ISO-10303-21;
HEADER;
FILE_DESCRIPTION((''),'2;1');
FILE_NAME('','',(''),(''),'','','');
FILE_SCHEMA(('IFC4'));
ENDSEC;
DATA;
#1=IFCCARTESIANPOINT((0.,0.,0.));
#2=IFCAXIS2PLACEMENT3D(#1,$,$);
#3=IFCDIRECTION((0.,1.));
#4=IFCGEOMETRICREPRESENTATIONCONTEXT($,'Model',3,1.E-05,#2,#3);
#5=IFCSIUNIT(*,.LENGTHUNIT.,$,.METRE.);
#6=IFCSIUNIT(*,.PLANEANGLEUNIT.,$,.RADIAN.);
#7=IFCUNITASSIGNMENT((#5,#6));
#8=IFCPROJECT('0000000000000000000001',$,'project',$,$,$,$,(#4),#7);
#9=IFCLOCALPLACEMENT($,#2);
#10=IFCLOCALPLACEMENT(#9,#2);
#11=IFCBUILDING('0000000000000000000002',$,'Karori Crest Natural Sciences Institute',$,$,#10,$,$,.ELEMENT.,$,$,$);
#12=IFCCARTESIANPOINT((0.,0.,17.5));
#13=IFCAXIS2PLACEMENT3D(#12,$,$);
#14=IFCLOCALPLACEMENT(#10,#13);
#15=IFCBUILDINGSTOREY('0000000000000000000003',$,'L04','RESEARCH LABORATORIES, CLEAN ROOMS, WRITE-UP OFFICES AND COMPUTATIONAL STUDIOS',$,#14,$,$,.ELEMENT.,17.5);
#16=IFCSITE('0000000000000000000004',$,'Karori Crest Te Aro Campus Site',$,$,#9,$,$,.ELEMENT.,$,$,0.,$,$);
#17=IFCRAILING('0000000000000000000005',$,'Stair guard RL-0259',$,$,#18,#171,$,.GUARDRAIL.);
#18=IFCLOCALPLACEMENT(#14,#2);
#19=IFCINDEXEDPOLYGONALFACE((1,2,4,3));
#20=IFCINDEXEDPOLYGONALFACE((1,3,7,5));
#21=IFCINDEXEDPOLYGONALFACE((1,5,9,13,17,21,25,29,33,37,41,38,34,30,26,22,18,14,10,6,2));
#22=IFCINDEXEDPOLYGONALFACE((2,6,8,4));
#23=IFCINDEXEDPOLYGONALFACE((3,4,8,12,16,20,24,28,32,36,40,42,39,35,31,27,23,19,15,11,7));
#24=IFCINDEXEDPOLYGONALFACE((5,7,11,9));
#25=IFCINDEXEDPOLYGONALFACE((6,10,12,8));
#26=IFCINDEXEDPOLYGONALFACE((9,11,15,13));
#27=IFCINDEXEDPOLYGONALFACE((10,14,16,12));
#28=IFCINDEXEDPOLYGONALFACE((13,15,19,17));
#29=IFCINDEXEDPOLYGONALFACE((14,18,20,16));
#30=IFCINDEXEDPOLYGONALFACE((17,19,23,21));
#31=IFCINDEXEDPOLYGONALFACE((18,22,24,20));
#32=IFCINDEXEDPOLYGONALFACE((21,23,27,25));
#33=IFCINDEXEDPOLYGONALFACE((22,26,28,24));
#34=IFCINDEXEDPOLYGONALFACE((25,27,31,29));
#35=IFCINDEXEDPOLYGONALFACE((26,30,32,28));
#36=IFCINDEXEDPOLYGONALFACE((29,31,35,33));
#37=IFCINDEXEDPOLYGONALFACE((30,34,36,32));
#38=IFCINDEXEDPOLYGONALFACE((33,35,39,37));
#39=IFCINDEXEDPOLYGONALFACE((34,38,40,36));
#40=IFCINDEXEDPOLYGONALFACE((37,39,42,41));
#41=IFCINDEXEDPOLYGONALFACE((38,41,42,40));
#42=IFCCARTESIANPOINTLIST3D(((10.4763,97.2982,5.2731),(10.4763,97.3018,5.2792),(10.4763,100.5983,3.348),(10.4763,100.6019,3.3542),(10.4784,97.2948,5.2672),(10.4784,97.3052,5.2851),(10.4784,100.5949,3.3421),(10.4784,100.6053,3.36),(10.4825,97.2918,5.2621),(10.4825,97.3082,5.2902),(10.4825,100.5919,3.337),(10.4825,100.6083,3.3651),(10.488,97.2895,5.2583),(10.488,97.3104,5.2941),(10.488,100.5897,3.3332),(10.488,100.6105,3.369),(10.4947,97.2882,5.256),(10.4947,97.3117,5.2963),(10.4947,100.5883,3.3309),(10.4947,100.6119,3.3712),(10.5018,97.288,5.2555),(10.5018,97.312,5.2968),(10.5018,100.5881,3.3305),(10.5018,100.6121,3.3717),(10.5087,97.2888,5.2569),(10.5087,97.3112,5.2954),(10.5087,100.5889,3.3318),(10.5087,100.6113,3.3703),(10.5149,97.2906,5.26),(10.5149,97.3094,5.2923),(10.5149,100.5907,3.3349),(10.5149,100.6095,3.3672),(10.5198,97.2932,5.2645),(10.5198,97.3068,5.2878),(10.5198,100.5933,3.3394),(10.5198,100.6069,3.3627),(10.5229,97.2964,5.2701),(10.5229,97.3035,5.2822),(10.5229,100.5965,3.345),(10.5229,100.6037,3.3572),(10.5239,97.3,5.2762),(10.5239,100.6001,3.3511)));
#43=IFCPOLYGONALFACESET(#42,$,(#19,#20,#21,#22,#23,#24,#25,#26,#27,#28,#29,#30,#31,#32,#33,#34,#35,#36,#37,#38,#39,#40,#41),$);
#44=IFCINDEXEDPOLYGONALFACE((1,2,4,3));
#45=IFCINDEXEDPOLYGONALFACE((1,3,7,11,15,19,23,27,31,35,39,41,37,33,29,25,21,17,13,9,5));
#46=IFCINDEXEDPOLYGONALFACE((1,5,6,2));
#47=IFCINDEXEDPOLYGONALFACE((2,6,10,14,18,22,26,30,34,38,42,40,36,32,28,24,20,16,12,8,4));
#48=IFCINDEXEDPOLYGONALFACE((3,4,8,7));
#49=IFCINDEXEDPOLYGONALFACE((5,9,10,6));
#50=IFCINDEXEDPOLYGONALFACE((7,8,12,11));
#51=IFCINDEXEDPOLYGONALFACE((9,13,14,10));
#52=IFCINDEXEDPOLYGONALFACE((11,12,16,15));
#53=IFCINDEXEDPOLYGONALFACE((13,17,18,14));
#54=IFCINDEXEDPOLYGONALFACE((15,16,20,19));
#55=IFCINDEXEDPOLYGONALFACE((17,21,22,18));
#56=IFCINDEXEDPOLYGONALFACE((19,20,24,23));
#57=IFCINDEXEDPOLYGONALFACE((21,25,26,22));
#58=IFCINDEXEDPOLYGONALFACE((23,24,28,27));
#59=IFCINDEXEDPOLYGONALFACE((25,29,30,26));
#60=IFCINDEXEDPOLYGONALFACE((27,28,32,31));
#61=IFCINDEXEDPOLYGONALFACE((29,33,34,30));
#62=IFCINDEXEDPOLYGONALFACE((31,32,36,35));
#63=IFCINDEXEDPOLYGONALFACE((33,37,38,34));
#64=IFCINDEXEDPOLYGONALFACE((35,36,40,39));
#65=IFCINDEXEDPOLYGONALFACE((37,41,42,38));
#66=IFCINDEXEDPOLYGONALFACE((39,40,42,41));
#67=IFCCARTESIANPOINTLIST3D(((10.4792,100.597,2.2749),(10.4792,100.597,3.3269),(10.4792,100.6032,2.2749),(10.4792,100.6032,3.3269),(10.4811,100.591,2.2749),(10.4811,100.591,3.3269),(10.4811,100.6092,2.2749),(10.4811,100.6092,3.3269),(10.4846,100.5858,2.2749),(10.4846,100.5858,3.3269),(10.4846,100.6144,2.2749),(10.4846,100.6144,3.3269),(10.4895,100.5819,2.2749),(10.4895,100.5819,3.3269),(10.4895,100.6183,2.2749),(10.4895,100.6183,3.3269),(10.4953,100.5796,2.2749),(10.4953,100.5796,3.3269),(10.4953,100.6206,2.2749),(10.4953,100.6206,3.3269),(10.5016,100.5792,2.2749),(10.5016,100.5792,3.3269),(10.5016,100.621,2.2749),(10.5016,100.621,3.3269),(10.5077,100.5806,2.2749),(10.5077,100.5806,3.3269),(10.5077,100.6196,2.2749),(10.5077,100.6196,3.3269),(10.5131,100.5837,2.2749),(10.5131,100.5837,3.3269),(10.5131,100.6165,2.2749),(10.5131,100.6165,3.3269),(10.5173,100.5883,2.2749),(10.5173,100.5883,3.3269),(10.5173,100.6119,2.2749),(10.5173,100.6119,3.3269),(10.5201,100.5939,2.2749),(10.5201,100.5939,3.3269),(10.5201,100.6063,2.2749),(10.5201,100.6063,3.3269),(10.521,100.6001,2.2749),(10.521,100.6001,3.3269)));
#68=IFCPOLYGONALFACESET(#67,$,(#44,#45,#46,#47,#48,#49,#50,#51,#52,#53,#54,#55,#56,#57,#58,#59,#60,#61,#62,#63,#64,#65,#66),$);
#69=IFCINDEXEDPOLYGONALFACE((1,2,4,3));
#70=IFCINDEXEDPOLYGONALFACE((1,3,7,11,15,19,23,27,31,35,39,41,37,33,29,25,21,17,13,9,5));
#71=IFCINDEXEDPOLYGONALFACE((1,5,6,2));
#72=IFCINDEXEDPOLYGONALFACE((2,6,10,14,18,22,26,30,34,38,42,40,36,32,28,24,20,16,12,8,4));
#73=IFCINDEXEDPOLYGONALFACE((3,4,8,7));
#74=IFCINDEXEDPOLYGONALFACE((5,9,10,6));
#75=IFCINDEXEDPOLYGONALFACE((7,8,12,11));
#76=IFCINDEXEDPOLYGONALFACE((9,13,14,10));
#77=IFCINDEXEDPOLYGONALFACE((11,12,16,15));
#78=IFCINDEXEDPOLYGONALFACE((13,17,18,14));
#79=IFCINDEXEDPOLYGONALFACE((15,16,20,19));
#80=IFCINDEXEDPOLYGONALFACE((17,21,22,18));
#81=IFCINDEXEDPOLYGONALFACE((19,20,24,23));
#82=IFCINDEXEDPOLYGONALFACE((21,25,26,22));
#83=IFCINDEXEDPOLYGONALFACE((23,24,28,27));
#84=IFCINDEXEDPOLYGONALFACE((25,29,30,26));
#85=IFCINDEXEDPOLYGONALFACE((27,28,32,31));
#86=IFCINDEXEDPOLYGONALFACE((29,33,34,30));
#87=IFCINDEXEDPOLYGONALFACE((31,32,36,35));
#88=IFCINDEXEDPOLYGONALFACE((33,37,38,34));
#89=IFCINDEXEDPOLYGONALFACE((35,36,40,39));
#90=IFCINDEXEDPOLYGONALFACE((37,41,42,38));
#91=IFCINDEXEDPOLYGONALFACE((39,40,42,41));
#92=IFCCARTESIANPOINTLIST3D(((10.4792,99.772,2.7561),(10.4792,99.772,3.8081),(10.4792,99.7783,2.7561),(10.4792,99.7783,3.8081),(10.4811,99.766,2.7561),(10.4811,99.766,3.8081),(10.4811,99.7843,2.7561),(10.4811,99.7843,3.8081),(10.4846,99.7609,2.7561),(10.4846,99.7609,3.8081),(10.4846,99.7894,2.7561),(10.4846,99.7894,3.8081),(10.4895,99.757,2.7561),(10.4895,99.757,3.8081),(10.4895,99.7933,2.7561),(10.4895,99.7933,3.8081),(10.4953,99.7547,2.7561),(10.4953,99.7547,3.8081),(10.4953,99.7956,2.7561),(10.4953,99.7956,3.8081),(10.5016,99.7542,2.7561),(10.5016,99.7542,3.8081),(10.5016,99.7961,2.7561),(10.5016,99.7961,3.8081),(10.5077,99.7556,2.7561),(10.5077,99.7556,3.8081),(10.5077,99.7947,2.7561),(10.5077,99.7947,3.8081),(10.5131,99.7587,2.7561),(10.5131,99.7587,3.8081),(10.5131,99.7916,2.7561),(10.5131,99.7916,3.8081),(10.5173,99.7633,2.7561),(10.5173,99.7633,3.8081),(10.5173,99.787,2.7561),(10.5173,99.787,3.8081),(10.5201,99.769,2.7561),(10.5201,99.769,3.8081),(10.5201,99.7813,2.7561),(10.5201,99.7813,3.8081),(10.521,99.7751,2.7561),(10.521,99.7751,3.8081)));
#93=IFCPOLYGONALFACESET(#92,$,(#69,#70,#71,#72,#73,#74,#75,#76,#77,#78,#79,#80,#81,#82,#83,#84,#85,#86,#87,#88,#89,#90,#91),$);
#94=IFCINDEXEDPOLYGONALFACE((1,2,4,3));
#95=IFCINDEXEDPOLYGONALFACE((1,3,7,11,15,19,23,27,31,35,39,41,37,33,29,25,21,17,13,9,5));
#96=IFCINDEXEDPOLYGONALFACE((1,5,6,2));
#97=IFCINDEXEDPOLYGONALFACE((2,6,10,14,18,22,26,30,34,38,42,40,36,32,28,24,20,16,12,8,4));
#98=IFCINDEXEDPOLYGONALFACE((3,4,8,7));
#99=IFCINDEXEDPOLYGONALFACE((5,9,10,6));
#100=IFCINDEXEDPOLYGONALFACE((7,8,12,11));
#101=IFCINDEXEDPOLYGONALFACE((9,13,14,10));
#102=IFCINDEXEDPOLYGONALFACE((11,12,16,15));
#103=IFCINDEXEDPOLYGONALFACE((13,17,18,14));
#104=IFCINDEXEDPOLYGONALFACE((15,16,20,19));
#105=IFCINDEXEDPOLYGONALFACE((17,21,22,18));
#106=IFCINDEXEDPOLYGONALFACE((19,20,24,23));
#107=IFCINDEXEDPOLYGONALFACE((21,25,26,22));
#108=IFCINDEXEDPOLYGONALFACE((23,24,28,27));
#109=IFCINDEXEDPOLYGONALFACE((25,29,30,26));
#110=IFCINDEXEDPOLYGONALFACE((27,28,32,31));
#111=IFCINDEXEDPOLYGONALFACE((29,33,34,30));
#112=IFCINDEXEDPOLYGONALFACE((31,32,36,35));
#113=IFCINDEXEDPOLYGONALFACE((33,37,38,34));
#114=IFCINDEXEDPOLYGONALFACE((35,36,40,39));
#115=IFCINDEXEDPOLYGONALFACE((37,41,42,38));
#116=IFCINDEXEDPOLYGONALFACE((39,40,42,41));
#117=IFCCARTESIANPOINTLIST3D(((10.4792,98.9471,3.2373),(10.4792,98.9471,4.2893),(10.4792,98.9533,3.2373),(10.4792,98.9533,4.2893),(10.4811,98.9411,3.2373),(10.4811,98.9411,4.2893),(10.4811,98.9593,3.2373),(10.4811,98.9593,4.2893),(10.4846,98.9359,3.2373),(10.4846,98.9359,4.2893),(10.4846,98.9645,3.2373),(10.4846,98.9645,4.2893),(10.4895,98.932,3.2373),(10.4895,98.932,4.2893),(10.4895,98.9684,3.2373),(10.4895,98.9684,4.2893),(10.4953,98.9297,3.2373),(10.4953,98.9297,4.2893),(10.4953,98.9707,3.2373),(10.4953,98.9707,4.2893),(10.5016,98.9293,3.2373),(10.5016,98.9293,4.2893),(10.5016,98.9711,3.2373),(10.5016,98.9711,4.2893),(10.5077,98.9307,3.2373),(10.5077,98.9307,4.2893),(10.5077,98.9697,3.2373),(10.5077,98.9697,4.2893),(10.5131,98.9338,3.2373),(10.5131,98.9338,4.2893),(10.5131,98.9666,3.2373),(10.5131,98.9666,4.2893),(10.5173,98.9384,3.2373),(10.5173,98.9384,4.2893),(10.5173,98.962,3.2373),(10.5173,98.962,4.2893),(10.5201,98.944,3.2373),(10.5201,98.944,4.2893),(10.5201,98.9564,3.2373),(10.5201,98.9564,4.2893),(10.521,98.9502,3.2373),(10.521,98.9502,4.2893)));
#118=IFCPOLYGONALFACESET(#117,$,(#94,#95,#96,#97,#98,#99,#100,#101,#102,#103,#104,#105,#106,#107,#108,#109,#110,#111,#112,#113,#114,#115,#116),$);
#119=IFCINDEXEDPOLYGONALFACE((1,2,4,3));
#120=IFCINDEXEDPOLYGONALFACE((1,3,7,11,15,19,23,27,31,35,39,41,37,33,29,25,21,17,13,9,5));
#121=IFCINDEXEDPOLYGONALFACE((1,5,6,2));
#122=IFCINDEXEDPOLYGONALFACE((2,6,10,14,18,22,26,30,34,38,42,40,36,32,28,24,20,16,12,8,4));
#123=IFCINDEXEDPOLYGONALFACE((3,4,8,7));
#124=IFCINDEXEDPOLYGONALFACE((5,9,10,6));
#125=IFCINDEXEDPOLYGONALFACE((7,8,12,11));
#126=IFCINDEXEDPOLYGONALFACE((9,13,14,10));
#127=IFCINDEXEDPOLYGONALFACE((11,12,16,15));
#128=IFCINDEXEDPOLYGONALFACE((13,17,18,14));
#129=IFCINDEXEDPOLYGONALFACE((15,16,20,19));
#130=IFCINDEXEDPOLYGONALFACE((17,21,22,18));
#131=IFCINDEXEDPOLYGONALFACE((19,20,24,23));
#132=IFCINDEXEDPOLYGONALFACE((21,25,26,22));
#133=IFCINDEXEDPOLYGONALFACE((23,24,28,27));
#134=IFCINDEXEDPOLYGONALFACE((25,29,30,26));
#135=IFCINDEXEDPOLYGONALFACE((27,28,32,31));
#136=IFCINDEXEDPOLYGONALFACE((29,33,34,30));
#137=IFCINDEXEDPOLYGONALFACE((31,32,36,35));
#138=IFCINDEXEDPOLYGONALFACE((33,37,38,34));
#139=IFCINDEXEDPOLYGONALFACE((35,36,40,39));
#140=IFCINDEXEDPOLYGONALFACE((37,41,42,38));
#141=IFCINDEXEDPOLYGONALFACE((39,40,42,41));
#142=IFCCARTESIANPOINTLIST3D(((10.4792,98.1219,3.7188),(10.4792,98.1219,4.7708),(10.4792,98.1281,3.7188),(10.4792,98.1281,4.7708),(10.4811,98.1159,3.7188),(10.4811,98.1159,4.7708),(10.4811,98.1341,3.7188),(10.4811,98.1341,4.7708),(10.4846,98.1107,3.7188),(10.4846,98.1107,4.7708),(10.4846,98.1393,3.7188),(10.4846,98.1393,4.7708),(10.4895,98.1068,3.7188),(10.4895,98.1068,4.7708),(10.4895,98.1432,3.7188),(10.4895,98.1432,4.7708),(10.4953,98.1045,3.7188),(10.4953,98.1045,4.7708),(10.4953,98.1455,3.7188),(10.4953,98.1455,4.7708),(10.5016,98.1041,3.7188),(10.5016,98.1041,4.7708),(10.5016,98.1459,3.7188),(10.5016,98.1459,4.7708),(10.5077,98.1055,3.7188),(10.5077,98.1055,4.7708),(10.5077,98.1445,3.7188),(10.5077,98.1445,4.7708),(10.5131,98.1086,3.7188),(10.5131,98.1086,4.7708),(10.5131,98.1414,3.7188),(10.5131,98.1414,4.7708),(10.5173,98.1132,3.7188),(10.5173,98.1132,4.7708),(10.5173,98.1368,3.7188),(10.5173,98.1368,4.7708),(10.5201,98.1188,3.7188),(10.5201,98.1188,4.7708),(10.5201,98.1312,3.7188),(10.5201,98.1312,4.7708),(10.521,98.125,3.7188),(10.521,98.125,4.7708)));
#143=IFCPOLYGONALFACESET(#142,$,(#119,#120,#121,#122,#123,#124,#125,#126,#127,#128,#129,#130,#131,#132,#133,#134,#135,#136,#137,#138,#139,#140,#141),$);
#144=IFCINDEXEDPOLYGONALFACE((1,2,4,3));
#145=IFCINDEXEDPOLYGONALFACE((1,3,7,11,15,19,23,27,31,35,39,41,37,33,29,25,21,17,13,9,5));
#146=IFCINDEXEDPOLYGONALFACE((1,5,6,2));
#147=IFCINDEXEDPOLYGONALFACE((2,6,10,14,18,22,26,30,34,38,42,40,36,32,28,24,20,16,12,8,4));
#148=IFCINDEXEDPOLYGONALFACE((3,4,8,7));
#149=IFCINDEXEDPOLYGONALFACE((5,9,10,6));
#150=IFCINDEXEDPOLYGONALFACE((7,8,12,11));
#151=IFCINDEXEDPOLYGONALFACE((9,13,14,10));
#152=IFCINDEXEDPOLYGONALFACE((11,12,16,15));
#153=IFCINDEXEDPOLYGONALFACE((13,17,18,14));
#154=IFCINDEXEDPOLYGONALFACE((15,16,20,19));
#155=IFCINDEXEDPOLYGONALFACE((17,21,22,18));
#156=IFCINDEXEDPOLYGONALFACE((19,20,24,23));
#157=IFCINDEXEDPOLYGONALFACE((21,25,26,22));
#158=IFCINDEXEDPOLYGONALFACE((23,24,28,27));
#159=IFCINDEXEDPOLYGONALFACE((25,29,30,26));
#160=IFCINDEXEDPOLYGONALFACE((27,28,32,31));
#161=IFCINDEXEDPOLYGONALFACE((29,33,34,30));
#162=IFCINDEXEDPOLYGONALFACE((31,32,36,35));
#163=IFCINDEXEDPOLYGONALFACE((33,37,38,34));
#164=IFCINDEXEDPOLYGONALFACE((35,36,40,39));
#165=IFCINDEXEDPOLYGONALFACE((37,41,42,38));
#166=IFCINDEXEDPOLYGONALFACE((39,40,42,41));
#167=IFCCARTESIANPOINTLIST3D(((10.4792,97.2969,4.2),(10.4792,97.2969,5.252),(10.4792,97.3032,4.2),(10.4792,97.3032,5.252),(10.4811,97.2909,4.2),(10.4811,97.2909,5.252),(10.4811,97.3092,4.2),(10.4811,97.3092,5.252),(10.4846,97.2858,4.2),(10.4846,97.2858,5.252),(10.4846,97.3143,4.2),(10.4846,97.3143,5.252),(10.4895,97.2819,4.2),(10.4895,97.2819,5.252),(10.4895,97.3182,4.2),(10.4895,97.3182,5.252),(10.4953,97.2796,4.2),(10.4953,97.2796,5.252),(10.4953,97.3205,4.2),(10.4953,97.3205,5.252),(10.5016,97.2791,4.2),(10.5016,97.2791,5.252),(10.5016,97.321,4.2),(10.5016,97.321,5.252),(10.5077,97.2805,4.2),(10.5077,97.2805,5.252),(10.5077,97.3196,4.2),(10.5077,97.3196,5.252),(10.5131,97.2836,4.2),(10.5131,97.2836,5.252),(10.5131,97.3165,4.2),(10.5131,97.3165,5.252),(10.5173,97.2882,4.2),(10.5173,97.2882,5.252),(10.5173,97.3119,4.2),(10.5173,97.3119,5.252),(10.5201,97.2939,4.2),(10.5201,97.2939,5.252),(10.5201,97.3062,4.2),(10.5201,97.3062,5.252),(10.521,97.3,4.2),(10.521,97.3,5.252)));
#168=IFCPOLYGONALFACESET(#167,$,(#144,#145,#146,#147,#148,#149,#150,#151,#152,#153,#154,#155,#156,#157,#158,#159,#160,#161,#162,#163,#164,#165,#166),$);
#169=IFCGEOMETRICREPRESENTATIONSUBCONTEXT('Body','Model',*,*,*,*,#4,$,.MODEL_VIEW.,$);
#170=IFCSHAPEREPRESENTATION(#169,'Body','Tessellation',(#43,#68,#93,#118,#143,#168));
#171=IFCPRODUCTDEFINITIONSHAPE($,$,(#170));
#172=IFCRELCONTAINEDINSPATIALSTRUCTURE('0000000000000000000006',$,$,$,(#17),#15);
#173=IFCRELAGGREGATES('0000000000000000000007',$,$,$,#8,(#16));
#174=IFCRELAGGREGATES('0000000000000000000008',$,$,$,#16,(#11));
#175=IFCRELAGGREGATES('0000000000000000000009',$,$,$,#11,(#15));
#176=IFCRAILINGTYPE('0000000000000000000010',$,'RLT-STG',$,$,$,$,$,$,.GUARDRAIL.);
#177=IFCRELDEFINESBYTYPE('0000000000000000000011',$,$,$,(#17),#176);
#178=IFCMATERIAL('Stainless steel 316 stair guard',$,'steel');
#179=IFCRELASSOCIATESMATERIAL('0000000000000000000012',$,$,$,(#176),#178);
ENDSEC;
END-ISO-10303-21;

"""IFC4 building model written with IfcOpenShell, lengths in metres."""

from ifc_helpers import new_model, si_unit, direction, frame, origin, origin_2d, place, context, subcontext, project, spatial, circle, extrude, material, type_object, element, save


model = new_model("IFC4")

# Units and contexts
model_context = context("Model", 3, precision=1e-05, world=origin(), true_north=direction((0.0, 1.0)))
body_context = subcontext(model_context, "Body", "Model", "MODEL_VIEW")
ifc_project = project(units=[si_unit("LENGTHUNIT", "METRE"), si_unit("PLANEANGLEUNIT", "RADIAN")], contexts=[model_context])

# Site, building, storey
site_placement = place(None, origin())
site = spatial("IfcSite", under=ifc_project, at=site_placement, Name="Karori Crest Te Aro Campus Site", CompositionType="ELEMENT", RefElevation=0.0)
building_placement = place(site_placement, origin())
building = spatial("IfcBuilding", under=site, at=building_placement, Name="Karori Crest Natural Sciences Institute", CompositionType="ELEMENT")
storey_placement = place(building_placement, frame((0.0, 0.0, 17.5)))
storey = spatial("IfcBuildingStorey", under=building, at=storey_placement, Name="L04", Description="RESEARCH LABORATORIES, CLEAN ROOMS, WRITE-UP OFFICES AND COMPUTATIONAL STUDIOS", CompositionType="ELEMENT", Elevation=17.5)

# Railing
ifc_material_1 = material(Name="Stainless steel 316 stair guard", Category="steel")
railing_type_1 = type_object("IfcRailingType", Name="RLT-STG", PredefinedType="GUARDRAIL", material=ifc_material_1)
railing_1_placement = place(storey_placement, frame((10.5, 100.6001, 2.2749)))
element("IfcRailing", 1, at=railing_1_placement, inside=storey, type_object=railing_type_1, Name="Stair guard RL-0259", PredefinedType="GUARDRAIL", context=body_context, shape_type="SweptSolid", body=[
    extrude(circle(Radius=0.0239, at=origin_2d()), frame((0.0, 0.0, 1.0762), z_axis=(0.0, -0.863777, 0.503875), x_axis=(1.0, 0.0, 0.0)), (0.0, 0.0, 1.0), 3.8206),
    extrude(circle(Radius=0.021, at=origin_2d()), origin(), (0.0, 0.0, 1.0), 1.052),
    extrude(circle(Radius=0.021, at=origin_2d()), frame((0.0, -0.825, 0.4812)), (0.0, 0.0, 1.0), 1.052),
    extrude(circle(Radius=0.021, at=origin_2d()), frame((0.0, -1.6499, 0.9624)), (0.0, 0.0, 1.0), 1.052),
    extrude(circle(Radius=0.021, at=origin_2d()), frame((0.0, -2.4751, 1.4438)), (0.0, 0.0, 1.0), 1.052),
    extrude(circle(Radius=0.021, at=origin_2d()), frame((0.0, -3.3, 1.925)), (0.0, 0.0, 1.0), 1.052),
])

save(model, "model.ifc")
